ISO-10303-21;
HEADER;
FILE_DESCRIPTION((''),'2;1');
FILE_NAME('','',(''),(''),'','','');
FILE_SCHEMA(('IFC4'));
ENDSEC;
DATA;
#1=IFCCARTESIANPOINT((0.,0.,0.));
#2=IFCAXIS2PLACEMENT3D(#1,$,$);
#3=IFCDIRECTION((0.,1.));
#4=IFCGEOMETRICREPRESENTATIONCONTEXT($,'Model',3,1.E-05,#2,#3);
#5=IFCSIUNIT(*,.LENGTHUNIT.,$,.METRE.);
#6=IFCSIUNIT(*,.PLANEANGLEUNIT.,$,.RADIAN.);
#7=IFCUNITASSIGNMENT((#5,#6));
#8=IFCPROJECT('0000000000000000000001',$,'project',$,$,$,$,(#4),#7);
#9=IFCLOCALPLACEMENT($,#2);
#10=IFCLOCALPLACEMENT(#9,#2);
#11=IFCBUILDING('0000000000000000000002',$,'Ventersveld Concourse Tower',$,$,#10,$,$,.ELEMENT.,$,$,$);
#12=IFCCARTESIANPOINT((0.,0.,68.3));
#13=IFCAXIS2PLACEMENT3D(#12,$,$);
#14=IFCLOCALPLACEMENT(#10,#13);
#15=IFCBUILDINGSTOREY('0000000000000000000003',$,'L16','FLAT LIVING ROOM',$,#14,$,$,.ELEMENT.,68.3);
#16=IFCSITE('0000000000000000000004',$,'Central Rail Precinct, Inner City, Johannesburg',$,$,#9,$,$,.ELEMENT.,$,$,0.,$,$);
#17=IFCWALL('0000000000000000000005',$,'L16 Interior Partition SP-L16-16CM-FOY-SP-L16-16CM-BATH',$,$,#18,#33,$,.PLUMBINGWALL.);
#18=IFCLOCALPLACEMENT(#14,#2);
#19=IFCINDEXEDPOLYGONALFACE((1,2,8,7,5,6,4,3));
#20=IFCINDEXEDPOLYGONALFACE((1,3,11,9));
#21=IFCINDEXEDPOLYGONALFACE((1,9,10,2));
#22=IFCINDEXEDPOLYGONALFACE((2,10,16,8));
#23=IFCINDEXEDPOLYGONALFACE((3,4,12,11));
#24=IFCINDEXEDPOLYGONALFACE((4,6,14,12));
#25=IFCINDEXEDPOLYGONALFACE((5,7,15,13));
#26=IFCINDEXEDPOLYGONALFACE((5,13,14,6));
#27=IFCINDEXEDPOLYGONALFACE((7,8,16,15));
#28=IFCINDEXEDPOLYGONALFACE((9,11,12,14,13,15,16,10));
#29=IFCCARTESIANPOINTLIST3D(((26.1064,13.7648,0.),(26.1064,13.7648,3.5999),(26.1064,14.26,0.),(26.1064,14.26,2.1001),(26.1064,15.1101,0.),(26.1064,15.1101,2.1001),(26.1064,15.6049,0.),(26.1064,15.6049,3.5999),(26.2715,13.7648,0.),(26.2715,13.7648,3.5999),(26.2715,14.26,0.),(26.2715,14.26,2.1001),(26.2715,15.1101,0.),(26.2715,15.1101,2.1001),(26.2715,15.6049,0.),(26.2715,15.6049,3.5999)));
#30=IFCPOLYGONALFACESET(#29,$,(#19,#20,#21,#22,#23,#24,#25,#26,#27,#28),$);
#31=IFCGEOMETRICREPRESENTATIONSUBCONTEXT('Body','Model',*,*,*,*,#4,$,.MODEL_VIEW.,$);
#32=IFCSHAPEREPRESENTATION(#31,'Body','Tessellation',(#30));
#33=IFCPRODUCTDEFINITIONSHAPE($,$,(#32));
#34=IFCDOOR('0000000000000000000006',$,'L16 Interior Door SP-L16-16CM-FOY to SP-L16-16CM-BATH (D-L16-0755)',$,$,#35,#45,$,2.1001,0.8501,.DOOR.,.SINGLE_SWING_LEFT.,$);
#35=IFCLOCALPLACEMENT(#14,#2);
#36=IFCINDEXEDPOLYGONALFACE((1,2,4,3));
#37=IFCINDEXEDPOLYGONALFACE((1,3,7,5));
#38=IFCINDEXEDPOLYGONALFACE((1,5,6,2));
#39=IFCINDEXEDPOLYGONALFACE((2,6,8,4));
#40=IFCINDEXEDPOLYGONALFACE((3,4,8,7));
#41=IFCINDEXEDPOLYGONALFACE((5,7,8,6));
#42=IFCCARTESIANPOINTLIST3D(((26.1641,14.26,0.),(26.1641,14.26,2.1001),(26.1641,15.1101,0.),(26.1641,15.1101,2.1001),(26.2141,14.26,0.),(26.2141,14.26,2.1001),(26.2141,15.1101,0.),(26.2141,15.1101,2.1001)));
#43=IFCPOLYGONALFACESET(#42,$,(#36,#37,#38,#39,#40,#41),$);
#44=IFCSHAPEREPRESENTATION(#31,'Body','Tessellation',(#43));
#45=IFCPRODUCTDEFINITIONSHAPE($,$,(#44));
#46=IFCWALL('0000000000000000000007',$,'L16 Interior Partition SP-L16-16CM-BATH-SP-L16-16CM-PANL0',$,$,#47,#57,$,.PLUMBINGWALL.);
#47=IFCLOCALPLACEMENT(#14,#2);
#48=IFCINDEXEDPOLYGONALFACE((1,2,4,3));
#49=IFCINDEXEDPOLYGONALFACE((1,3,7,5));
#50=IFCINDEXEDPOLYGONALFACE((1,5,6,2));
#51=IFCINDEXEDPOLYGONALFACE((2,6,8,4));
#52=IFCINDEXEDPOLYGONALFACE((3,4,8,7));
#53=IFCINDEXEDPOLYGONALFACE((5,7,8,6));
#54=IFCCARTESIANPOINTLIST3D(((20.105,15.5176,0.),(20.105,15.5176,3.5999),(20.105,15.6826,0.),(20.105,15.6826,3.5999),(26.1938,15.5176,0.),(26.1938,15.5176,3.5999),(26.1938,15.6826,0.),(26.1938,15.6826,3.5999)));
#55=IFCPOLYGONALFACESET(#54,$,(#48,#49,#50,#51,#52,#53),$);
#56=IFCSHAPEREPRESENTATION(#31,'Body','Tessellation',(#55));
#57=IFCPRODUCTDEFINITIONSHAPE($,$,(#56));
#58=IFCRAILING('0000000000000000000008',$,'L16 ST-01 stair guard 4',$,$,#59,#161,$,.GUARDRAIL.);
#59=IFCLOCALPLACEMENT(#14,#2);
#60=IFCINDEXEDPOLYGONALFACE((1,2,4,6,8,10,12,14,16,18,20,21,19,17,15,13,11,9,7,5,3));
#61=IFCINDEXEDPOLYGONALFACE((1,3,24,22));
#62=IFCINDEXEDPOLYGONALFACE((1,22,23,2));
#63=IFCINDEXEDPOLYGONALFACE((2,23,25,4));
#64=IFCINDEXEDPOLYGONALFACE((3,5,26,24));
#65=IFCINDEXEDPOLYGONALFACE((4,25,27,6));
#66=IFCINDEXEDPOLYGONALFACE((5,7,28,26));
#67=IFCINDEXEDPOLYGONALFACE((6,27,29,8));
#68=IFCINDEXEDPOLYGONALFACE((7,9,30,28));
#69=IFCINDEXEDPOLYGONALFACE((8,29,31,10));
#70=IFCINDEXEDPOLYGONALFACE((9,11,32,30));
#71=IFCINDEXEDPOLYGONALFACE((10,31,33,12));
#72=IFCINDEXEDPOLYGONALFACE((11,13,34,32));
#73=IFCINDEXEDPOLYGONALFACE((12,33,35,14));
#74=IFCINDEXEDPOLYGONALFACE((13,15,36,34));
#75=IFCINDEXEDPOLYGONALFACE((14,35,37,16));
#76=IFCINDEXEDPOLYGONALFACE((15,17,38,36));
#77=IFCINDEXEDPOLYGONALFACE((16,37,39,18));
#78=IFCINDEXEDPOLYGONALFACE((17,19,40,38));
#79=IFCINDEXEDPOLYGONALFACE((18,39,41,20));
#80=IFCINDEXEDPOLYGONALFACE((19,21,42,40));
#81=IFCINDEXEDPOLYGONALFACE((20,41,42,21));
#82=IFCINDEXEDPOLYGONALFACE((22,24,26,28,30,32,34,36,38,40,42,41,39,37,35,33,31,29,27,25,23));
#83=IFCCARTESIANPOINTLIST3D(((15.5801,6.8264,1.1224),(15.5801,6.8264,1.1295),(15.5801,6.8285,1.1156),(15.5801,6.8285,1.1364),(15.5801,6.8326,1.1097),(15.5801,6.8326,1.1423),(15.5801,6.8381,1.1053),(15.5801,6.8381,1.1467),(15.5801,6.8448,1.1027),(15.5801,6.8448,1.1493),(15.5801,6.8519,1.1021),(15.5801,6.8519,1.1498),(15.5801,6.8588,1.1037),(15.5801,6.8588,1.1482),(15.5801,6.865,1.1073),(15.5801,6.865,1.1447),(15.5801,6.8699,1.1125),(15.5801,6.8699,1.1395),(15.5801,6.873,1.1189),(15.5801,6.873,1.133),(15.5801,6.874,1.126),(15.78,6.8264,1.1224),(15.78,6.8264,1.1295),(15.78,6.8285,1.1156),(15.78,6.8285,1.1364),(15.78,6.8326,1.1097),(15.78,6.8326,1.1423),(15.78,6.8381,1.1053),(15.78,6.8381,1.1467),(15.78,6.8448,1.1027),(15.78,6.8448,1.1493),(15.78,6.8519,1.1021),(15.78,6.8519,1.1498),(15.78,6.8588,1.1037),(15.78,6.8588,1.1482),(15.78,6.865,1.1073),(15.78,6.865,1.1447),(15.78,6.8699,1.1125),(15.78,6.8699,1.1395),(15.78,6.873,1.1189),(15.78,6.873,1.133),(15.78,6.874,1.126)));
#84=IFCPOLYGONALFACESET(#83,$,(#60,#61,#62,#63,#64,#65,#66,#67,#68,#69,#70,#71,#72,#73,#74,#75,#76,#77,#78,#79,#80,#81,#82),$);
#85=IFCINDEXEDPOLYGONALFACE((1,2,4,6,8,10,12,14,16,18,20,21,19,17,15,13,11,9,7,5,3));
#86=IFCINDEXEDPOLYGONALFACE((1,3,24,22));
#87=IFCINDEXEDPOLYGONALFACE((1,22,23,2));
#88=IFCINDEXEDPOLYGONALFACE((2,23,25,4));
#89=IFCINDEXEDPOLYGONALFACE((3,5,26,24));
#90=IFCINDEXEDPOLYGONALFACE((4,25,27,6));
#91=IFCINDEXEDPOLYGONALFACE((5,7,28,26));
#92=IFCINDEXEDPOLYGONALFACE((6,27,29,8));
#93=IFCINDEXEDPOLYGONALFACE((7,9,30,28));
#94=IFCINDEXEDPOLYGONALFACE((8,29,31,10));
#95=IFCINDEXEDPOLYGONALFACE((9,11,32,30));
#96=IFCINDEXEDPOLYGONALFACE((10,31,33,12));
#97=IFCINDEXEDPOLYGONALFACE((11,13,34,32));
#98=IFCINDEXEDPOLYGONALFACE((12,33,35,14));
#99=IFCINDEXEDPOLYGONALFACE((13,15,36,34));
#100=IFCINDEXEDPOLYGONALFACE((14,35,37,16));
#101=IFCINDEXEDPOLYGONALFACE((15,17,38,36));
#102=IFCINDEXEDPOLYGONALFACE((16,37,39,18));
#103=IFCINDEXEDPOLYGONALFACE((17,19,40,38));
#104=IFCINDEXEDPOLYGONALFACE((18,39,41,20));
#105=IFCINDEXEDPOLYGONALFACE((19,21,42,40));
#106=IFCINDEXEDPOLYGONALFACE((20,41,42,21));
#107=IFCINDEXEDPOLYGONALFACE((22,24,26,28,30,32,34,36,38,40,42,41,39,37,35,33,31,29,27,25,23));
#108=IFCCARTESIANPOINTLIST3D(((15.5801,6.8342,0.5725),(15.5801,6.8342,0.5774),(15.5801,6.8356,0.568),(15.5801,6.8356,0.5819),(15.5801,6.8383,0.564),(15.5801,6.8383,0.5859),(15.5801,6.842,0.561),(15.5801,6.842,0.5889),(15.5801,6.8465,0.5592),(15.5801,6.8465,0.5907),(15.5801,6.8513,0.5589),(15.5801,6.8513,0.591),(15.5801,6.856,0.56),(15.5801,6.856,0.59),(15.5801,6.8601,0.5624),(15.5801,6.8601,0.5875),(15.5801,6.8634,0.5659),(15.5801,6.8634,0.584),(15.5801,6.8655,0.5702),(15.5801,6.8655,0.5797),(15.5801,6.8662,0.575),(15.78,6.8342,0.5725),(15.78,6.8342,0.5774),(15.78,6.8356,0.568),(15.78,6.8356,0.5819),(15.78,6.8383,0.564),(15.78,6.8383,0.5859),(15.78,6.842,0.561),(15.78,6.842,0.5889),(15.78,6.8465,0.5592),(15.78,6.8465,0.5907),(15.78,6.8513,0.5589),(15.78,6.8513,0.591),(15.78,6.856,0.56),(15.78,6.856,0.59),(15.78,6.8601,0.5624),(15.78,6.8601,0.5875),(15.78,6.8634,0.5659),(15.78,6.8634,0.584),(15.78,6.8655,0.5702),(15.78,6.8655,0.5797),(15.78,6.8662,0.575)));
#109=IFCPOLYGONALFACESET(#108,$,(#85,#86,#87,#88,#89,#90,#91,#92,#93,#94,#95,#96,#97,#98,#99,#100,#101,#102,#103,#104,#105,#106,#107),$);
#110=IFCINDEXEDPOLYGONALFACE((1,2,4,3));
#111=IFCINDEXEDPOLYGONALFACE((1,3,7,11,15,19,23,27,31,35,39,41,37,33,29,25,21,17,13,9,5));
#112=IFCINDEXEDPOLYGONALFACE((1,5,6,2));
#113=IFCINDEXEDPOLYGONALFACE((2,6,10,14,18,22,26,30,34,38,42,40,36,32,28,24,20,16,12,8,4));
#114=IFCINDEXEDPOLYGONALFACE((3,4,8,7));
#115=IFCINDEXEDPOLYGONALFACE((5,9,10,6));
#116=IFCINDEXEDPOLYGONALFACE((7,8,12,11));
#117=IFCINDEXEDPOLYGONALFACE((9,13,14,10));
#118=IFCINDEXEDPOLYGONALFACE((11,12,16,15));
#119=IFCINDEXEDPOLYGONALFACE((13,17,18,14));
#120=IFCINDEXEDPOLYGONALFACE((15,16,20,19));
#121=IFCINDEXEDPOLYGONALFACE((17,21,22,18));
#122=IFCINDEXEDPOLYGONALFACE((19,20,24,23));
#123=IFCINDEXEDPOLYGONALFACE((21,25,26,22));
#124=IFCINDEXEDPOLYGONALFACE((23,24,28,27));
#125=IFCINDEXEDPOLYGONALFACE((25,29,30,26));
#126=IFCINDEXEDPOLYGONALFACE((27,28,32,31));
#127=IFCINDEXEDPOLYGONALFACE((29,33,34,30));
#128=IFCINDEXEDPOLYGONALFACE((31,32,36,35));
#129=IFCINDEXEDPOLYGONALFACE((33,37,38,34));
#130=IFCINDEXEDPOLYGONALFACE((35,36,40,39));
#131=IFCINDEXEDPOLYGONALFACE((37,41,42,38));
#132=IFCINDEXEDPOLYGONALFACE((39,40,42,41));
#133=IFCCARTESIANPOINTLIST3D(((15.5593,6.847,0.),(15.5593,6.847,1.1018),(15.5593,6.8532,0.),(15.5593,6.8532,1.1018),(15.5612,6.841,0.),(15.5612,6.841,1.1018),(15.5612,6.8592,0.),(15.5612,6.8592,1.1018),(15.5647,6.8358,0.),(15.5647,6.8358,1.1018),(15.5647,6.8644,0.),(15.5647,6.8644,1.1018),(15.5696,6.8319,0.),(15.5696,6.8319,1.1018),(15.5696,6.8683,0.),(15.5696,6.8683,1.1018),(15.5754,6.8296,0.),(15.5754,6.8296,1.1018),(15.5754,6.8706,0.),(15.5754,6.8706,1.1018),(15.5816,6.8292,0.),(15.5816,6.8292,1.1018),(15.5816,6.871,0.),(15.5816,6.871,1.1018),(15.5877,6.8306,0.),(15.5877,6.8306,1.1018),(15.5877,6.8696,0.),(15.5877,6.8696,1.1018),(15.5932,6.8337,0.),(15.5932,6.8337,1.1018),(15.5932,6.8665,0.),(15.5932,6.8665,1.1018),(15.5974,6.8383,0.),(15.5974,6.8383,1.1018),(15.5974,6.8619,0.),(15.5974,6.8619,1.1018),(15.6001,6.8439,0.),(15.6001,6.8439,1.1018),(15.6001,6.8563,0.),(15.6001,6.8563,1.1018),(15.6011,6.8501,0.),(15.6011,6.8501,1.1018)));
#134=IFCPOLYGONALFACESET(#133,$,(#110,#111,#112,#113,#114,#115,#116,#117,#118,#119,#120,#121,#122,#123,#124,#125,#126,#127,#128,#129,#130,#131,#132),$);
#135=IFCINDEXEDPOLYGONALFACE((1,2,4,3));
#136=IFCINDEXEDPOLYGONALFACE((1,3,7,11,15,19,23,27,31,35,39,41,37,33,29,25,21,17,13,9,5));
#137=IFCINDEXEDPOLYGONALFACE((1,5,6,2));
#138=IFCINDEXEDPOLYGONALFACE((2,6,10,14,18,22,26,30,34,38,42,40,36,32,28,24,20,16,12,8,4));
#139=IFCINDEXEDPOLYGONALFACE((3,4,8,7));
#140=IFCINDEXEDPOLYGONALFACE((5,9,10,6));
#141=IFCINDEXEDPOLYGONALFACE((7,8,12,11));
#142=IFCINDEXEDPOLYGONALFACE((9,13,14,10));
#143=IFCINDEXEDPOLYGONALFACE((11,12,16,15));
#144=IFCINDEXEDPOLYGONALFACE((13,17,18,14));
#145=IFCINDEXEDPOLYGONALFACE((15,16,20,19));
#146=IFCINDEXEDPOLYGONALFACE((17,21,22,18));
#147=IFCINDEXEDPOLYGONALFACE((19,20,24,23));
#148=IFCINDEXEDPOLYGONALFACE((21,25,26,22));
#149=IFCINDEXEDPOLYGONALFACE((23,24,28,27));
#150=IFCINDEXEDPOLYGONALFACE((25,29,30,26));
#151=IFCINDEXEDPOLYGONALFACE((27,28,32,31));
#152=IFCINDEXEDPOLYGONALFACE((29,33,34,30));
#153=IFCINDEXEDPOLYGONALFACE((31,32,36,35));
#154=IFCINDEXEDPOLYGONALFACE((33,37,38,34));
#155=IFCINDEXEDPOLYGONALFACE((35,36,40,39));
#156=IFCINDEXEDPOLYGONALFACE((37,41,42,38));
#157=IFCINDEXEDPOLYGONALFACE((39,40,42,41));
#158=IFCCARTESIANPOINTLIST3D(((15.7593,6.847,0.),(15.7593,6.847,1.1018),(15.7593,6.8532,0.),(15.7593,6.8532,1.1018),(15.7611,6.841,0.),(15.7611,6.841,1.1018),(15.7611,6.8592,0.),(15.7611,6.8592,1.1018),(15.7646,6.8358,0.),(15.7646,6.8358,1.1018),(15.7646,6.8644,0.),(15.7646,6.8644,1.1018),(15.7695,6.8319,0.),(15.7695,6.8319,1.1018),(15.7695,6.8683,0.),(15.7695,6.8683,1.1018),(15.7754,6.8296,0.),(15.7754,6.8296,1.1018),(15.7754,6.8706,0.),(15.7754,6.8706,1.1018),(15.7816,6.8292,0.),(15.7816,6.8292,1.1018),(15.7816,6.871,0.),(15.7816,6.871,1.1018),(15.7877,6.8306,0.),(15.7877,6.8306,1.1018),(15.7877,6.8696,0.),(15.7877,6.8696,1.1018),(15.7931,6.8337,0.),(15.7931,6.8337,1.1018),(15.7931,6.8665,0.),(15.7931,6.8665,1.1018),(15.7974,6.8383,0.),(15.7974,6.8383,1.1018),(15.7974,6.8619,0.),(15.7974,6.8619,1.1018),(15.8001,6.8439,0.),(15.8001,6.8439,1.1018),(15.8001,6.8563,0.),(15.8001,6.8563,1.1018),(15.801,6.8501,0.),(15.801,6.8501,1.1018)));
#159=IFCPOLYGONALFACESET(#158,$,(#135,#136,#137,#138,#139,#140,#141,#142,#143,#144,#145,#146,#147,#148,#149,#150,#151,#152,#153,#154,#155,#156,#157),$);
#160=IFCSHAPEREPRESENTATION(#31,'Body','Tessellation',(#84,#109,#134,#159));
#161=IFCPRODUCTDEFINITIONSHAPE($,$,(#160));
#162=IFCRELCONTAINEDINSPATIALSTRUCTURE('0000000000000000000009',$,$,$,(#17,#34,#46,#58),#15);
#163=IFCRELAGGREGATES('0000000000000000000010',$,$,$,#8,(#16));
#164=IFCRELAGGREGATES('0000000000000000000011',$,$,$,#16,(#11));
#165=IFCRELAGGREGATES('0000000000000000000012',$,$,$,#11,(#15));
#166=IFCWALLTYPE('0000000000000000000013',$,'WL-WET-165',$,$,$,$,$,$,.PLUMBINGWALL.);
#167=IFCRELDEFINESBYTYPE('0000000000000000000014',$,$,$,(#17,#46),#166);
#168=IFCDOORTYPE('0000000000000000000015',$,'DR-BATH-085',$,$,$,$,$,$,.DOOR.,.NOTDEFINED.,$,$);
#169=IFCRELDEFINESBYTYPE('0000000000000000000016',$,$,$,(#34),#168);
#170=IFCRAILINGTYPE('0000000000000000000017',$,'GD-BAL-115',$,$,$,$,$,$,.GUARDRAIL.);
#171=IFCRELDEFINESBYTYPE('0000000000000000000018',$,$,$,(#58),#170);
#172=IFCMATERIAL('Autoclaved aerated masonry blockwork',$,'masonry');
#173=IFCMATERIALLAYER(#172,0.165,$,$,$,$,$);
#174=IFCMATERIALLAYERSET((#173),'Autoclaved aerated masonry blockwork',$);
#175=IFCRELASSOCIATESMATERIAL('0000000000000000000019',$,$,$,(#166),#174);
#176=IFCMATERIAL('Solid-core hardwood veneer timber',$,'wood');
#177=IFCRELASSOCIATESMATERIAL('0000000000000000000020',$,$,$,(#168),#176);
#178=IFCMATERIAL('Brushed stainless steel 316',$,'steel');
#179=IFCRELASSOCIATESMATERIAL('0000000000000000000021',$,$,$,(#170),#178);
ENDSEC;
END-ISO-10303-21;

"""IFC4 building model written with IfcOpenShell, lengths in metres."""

from ifc_helpers import new_model, si_unit, direction, frame, frame_2d, origin, origin_2d, place, context, subcontext, project, spatial, rectangle, circle, extrude, material, layer, layer_set, type_object, element, fill, save


model = new_model("IFC4")

# Units and contexts
model_context = context("Model", 3, precision=1e-05, world=origin(), true_north=direction((0.0, 1.0)))
body_context = subcontext(model_context, "Body", "Model", "MODEL_VIEW")
ifc_project = project(units=[si_unit("LENGTHUNIT", "METRE"), si_unit("PLANEANGLEUNIT", "RADIAN")], contexts=[model_context])

# Site, building, storey
site_placement = place(None, origin())
site = spatial("IfcSite", under=ifc_project, at=site_placement, Name="Central Rail Precinct, Inner City, Johannesburg", CompositionType="ELEMENT", RefElevation=0.0)
building_placement = place(site_placement, origin())
building = spatial("IfcBuilding", under=site, at=building_placement, Name="Ventersveld Concourse Tower", CompositionType="ELEMENT")
storey_placement = place(building_placement, frame((0.0, 0.0, 68.3)))
storey = spatial("IfcBuildingStorey", under=building, at=storey_placement, Name="L16", Description="FLAT LIVING ROOM", CompositionType="ELEMENT", Elevation=68.3)

# Shared definitions
ifc_material_1 = material(Name="Solid-core hardwood veneer timber", Category="wood")

# Shared definitions
ifc_material_2 = material(Name="Brushed stainless steel 316", Category="steel")

# Wall, opening, door
ifc_material_3 = material(Name="Autoclaved aerated masonry blockwork", Category="masonry")
ifc_layer_1 = layer(ifc_material_3, 0.165)
ifc_layer_set_1 = layer_set([ifc_layer_1], Name="Autoclaved aerated masonry blockwork")
wall_type_1 = type_object("IfcWallType", Name="WL-WET-165", PredefinedType="PLUMBINGWALL", material=ifc_layer_set_1)
wall_1_placement = place(storey_placement, frame((26.189, 13.7649, 0.0), z_axis=(0.0, 0.0, 1.0), x_axis=(0.0, 1.0, 0.0)))
wall_1 = element("IfcWall", 1, at=wall_1_placement, inside=storey, type_object=wall_type_1, Name="L16 Interior Partition SP-L16-16CM-FOY-SP-L16-16CM-BATH", PredefinedType="PLUMBINGWALL", context=body_context, shape_type="SweptSolid", body=[
    extrude(rectangle(XDim=1.8401, YDim=0.165, at=frame_2d((0.9199, 0.0))), origin(), (0.0, 0.0, 1.0), 3.5999),
])
opening_1_placement = place(wall_1_placement, frame((0.4951, 0.0, 0.0)))
opening_1 = element("IfcOpeningElement", 2, at=opening_1_placement, cuts=wall_1, PredefinedType="OPENING", context=body_context, shape_type="SweptSolid", body=[
    extrude(rectangle(XDim=0.8501, YDim=2.1001, at=frame_2d((0.425, 1.05))), frame((0.0, 0.0925, 0.0), z_axis=(0.0, -1.0, 0.0), x_axis=(1.0, 0.0, 0.0)), (0.0, 0.0, 1.0), 0.1851),
])
door_type_1 = type_object("IfcDoorType", Name="DR-BATH-085", OperationType="NOTDEFINED", PredefinedType="DOOR", material=ifc_material_1)
door_1_placement = place(opening_1_placement, origin())
door_1 = element("IfcDoor", 3, at=door_1_placement, inside=storey, type_object=door_type_1, Name="L16 Interior Door SP-L16-16CM-FOY to SP-L16-16CM-BATH (D-L16-0755)", OperationType="SINGLE_SWING_LEFT", OverallHeight=2.1001, OverallWidth=0.8501, PredefinedType="DOOR", context=body_context, shape_type="SweptSolid", body=[
    extrude(rectangle(XDim=0.8501, YDim=2.1001, at=frame_2d((0.425, 1.05))), frame((0.0, 0.0249, 0.0), z_axis=(0.0, -1.0, 0.0), x_axis=(1.0, 0.0, 0.0)), (0.0, 0.0, 1.0), 0.05),
])
fill(opening_1, door_1)

# Wall
wall_2_placement = place(storey_placement, frame((20.105, 15.6001, 0.0), z_axis=(0.0, 0.0, 1.0), x_axis=(1.0, 0.0, 0.0)))
element("IfcWall", 4, at=wall_2_placement, inside=storey, type_object=wall_type_1, Name="L16 Interior Partition SP-L16-16CM-BATH-SP-L16-16CM-PANL0", PredefinedType="PLUMBINGWALL", context=body_context, shape_type="SweptSolid", body=[
    extrude(rectangle(XDim=6.0889, YDim=0.165, at=frame_2d((3.0444, 0.0))), origin(), (0.0, 0.0, 1.0), 3.5999),
])

# Railing
railing_type = type_object("IfcRailingType", Name="GD-BAL-115", PredefinedType="GUARDRAIL", material=ifc_material_2)
railing_placement = place(storey_placement, frame((15.5801, 6.8501, 0.0)))
element("IfcRailing", 5, at=railing_placement, inside=storey, type_object=railing_type, Name="L16 ST-01 stair guard 4", PredefinedType="GUARDRAIL", context=body_context, shape_type="SweptSolid", body=[
    extrude(circle(Radius=0.0239, at=origin_2d()), frame((0.0, 0.0, 1.126), z_axis=(1.0, 0.0, 0.0), x_axis=(0.0, 1.0, 0.0)), (0.0, 0.0, 1.0), 0.2),
    extrude(circle(Radius=0.0161, at=origin_2d()), frame((0.0, 0.0, 0.575), z_axis=(1.0, 0.0, 0.0), x_axis=(0.0, 1.0, 0.0)), (0.0, 0.0, 1.0), 0.2),
    extrude(circle(Radius=0.021, at=origin_2d()), origin(), (0.0, 0.0, 1.0), 1.1018),
    extrude(circle(Radius=0.021, at=origin_2d()), frame((0.2, 0.0, 0.0)), (0.0, 0.0, 1.0), 1.1018),
])

save(model, "model.ifc")
